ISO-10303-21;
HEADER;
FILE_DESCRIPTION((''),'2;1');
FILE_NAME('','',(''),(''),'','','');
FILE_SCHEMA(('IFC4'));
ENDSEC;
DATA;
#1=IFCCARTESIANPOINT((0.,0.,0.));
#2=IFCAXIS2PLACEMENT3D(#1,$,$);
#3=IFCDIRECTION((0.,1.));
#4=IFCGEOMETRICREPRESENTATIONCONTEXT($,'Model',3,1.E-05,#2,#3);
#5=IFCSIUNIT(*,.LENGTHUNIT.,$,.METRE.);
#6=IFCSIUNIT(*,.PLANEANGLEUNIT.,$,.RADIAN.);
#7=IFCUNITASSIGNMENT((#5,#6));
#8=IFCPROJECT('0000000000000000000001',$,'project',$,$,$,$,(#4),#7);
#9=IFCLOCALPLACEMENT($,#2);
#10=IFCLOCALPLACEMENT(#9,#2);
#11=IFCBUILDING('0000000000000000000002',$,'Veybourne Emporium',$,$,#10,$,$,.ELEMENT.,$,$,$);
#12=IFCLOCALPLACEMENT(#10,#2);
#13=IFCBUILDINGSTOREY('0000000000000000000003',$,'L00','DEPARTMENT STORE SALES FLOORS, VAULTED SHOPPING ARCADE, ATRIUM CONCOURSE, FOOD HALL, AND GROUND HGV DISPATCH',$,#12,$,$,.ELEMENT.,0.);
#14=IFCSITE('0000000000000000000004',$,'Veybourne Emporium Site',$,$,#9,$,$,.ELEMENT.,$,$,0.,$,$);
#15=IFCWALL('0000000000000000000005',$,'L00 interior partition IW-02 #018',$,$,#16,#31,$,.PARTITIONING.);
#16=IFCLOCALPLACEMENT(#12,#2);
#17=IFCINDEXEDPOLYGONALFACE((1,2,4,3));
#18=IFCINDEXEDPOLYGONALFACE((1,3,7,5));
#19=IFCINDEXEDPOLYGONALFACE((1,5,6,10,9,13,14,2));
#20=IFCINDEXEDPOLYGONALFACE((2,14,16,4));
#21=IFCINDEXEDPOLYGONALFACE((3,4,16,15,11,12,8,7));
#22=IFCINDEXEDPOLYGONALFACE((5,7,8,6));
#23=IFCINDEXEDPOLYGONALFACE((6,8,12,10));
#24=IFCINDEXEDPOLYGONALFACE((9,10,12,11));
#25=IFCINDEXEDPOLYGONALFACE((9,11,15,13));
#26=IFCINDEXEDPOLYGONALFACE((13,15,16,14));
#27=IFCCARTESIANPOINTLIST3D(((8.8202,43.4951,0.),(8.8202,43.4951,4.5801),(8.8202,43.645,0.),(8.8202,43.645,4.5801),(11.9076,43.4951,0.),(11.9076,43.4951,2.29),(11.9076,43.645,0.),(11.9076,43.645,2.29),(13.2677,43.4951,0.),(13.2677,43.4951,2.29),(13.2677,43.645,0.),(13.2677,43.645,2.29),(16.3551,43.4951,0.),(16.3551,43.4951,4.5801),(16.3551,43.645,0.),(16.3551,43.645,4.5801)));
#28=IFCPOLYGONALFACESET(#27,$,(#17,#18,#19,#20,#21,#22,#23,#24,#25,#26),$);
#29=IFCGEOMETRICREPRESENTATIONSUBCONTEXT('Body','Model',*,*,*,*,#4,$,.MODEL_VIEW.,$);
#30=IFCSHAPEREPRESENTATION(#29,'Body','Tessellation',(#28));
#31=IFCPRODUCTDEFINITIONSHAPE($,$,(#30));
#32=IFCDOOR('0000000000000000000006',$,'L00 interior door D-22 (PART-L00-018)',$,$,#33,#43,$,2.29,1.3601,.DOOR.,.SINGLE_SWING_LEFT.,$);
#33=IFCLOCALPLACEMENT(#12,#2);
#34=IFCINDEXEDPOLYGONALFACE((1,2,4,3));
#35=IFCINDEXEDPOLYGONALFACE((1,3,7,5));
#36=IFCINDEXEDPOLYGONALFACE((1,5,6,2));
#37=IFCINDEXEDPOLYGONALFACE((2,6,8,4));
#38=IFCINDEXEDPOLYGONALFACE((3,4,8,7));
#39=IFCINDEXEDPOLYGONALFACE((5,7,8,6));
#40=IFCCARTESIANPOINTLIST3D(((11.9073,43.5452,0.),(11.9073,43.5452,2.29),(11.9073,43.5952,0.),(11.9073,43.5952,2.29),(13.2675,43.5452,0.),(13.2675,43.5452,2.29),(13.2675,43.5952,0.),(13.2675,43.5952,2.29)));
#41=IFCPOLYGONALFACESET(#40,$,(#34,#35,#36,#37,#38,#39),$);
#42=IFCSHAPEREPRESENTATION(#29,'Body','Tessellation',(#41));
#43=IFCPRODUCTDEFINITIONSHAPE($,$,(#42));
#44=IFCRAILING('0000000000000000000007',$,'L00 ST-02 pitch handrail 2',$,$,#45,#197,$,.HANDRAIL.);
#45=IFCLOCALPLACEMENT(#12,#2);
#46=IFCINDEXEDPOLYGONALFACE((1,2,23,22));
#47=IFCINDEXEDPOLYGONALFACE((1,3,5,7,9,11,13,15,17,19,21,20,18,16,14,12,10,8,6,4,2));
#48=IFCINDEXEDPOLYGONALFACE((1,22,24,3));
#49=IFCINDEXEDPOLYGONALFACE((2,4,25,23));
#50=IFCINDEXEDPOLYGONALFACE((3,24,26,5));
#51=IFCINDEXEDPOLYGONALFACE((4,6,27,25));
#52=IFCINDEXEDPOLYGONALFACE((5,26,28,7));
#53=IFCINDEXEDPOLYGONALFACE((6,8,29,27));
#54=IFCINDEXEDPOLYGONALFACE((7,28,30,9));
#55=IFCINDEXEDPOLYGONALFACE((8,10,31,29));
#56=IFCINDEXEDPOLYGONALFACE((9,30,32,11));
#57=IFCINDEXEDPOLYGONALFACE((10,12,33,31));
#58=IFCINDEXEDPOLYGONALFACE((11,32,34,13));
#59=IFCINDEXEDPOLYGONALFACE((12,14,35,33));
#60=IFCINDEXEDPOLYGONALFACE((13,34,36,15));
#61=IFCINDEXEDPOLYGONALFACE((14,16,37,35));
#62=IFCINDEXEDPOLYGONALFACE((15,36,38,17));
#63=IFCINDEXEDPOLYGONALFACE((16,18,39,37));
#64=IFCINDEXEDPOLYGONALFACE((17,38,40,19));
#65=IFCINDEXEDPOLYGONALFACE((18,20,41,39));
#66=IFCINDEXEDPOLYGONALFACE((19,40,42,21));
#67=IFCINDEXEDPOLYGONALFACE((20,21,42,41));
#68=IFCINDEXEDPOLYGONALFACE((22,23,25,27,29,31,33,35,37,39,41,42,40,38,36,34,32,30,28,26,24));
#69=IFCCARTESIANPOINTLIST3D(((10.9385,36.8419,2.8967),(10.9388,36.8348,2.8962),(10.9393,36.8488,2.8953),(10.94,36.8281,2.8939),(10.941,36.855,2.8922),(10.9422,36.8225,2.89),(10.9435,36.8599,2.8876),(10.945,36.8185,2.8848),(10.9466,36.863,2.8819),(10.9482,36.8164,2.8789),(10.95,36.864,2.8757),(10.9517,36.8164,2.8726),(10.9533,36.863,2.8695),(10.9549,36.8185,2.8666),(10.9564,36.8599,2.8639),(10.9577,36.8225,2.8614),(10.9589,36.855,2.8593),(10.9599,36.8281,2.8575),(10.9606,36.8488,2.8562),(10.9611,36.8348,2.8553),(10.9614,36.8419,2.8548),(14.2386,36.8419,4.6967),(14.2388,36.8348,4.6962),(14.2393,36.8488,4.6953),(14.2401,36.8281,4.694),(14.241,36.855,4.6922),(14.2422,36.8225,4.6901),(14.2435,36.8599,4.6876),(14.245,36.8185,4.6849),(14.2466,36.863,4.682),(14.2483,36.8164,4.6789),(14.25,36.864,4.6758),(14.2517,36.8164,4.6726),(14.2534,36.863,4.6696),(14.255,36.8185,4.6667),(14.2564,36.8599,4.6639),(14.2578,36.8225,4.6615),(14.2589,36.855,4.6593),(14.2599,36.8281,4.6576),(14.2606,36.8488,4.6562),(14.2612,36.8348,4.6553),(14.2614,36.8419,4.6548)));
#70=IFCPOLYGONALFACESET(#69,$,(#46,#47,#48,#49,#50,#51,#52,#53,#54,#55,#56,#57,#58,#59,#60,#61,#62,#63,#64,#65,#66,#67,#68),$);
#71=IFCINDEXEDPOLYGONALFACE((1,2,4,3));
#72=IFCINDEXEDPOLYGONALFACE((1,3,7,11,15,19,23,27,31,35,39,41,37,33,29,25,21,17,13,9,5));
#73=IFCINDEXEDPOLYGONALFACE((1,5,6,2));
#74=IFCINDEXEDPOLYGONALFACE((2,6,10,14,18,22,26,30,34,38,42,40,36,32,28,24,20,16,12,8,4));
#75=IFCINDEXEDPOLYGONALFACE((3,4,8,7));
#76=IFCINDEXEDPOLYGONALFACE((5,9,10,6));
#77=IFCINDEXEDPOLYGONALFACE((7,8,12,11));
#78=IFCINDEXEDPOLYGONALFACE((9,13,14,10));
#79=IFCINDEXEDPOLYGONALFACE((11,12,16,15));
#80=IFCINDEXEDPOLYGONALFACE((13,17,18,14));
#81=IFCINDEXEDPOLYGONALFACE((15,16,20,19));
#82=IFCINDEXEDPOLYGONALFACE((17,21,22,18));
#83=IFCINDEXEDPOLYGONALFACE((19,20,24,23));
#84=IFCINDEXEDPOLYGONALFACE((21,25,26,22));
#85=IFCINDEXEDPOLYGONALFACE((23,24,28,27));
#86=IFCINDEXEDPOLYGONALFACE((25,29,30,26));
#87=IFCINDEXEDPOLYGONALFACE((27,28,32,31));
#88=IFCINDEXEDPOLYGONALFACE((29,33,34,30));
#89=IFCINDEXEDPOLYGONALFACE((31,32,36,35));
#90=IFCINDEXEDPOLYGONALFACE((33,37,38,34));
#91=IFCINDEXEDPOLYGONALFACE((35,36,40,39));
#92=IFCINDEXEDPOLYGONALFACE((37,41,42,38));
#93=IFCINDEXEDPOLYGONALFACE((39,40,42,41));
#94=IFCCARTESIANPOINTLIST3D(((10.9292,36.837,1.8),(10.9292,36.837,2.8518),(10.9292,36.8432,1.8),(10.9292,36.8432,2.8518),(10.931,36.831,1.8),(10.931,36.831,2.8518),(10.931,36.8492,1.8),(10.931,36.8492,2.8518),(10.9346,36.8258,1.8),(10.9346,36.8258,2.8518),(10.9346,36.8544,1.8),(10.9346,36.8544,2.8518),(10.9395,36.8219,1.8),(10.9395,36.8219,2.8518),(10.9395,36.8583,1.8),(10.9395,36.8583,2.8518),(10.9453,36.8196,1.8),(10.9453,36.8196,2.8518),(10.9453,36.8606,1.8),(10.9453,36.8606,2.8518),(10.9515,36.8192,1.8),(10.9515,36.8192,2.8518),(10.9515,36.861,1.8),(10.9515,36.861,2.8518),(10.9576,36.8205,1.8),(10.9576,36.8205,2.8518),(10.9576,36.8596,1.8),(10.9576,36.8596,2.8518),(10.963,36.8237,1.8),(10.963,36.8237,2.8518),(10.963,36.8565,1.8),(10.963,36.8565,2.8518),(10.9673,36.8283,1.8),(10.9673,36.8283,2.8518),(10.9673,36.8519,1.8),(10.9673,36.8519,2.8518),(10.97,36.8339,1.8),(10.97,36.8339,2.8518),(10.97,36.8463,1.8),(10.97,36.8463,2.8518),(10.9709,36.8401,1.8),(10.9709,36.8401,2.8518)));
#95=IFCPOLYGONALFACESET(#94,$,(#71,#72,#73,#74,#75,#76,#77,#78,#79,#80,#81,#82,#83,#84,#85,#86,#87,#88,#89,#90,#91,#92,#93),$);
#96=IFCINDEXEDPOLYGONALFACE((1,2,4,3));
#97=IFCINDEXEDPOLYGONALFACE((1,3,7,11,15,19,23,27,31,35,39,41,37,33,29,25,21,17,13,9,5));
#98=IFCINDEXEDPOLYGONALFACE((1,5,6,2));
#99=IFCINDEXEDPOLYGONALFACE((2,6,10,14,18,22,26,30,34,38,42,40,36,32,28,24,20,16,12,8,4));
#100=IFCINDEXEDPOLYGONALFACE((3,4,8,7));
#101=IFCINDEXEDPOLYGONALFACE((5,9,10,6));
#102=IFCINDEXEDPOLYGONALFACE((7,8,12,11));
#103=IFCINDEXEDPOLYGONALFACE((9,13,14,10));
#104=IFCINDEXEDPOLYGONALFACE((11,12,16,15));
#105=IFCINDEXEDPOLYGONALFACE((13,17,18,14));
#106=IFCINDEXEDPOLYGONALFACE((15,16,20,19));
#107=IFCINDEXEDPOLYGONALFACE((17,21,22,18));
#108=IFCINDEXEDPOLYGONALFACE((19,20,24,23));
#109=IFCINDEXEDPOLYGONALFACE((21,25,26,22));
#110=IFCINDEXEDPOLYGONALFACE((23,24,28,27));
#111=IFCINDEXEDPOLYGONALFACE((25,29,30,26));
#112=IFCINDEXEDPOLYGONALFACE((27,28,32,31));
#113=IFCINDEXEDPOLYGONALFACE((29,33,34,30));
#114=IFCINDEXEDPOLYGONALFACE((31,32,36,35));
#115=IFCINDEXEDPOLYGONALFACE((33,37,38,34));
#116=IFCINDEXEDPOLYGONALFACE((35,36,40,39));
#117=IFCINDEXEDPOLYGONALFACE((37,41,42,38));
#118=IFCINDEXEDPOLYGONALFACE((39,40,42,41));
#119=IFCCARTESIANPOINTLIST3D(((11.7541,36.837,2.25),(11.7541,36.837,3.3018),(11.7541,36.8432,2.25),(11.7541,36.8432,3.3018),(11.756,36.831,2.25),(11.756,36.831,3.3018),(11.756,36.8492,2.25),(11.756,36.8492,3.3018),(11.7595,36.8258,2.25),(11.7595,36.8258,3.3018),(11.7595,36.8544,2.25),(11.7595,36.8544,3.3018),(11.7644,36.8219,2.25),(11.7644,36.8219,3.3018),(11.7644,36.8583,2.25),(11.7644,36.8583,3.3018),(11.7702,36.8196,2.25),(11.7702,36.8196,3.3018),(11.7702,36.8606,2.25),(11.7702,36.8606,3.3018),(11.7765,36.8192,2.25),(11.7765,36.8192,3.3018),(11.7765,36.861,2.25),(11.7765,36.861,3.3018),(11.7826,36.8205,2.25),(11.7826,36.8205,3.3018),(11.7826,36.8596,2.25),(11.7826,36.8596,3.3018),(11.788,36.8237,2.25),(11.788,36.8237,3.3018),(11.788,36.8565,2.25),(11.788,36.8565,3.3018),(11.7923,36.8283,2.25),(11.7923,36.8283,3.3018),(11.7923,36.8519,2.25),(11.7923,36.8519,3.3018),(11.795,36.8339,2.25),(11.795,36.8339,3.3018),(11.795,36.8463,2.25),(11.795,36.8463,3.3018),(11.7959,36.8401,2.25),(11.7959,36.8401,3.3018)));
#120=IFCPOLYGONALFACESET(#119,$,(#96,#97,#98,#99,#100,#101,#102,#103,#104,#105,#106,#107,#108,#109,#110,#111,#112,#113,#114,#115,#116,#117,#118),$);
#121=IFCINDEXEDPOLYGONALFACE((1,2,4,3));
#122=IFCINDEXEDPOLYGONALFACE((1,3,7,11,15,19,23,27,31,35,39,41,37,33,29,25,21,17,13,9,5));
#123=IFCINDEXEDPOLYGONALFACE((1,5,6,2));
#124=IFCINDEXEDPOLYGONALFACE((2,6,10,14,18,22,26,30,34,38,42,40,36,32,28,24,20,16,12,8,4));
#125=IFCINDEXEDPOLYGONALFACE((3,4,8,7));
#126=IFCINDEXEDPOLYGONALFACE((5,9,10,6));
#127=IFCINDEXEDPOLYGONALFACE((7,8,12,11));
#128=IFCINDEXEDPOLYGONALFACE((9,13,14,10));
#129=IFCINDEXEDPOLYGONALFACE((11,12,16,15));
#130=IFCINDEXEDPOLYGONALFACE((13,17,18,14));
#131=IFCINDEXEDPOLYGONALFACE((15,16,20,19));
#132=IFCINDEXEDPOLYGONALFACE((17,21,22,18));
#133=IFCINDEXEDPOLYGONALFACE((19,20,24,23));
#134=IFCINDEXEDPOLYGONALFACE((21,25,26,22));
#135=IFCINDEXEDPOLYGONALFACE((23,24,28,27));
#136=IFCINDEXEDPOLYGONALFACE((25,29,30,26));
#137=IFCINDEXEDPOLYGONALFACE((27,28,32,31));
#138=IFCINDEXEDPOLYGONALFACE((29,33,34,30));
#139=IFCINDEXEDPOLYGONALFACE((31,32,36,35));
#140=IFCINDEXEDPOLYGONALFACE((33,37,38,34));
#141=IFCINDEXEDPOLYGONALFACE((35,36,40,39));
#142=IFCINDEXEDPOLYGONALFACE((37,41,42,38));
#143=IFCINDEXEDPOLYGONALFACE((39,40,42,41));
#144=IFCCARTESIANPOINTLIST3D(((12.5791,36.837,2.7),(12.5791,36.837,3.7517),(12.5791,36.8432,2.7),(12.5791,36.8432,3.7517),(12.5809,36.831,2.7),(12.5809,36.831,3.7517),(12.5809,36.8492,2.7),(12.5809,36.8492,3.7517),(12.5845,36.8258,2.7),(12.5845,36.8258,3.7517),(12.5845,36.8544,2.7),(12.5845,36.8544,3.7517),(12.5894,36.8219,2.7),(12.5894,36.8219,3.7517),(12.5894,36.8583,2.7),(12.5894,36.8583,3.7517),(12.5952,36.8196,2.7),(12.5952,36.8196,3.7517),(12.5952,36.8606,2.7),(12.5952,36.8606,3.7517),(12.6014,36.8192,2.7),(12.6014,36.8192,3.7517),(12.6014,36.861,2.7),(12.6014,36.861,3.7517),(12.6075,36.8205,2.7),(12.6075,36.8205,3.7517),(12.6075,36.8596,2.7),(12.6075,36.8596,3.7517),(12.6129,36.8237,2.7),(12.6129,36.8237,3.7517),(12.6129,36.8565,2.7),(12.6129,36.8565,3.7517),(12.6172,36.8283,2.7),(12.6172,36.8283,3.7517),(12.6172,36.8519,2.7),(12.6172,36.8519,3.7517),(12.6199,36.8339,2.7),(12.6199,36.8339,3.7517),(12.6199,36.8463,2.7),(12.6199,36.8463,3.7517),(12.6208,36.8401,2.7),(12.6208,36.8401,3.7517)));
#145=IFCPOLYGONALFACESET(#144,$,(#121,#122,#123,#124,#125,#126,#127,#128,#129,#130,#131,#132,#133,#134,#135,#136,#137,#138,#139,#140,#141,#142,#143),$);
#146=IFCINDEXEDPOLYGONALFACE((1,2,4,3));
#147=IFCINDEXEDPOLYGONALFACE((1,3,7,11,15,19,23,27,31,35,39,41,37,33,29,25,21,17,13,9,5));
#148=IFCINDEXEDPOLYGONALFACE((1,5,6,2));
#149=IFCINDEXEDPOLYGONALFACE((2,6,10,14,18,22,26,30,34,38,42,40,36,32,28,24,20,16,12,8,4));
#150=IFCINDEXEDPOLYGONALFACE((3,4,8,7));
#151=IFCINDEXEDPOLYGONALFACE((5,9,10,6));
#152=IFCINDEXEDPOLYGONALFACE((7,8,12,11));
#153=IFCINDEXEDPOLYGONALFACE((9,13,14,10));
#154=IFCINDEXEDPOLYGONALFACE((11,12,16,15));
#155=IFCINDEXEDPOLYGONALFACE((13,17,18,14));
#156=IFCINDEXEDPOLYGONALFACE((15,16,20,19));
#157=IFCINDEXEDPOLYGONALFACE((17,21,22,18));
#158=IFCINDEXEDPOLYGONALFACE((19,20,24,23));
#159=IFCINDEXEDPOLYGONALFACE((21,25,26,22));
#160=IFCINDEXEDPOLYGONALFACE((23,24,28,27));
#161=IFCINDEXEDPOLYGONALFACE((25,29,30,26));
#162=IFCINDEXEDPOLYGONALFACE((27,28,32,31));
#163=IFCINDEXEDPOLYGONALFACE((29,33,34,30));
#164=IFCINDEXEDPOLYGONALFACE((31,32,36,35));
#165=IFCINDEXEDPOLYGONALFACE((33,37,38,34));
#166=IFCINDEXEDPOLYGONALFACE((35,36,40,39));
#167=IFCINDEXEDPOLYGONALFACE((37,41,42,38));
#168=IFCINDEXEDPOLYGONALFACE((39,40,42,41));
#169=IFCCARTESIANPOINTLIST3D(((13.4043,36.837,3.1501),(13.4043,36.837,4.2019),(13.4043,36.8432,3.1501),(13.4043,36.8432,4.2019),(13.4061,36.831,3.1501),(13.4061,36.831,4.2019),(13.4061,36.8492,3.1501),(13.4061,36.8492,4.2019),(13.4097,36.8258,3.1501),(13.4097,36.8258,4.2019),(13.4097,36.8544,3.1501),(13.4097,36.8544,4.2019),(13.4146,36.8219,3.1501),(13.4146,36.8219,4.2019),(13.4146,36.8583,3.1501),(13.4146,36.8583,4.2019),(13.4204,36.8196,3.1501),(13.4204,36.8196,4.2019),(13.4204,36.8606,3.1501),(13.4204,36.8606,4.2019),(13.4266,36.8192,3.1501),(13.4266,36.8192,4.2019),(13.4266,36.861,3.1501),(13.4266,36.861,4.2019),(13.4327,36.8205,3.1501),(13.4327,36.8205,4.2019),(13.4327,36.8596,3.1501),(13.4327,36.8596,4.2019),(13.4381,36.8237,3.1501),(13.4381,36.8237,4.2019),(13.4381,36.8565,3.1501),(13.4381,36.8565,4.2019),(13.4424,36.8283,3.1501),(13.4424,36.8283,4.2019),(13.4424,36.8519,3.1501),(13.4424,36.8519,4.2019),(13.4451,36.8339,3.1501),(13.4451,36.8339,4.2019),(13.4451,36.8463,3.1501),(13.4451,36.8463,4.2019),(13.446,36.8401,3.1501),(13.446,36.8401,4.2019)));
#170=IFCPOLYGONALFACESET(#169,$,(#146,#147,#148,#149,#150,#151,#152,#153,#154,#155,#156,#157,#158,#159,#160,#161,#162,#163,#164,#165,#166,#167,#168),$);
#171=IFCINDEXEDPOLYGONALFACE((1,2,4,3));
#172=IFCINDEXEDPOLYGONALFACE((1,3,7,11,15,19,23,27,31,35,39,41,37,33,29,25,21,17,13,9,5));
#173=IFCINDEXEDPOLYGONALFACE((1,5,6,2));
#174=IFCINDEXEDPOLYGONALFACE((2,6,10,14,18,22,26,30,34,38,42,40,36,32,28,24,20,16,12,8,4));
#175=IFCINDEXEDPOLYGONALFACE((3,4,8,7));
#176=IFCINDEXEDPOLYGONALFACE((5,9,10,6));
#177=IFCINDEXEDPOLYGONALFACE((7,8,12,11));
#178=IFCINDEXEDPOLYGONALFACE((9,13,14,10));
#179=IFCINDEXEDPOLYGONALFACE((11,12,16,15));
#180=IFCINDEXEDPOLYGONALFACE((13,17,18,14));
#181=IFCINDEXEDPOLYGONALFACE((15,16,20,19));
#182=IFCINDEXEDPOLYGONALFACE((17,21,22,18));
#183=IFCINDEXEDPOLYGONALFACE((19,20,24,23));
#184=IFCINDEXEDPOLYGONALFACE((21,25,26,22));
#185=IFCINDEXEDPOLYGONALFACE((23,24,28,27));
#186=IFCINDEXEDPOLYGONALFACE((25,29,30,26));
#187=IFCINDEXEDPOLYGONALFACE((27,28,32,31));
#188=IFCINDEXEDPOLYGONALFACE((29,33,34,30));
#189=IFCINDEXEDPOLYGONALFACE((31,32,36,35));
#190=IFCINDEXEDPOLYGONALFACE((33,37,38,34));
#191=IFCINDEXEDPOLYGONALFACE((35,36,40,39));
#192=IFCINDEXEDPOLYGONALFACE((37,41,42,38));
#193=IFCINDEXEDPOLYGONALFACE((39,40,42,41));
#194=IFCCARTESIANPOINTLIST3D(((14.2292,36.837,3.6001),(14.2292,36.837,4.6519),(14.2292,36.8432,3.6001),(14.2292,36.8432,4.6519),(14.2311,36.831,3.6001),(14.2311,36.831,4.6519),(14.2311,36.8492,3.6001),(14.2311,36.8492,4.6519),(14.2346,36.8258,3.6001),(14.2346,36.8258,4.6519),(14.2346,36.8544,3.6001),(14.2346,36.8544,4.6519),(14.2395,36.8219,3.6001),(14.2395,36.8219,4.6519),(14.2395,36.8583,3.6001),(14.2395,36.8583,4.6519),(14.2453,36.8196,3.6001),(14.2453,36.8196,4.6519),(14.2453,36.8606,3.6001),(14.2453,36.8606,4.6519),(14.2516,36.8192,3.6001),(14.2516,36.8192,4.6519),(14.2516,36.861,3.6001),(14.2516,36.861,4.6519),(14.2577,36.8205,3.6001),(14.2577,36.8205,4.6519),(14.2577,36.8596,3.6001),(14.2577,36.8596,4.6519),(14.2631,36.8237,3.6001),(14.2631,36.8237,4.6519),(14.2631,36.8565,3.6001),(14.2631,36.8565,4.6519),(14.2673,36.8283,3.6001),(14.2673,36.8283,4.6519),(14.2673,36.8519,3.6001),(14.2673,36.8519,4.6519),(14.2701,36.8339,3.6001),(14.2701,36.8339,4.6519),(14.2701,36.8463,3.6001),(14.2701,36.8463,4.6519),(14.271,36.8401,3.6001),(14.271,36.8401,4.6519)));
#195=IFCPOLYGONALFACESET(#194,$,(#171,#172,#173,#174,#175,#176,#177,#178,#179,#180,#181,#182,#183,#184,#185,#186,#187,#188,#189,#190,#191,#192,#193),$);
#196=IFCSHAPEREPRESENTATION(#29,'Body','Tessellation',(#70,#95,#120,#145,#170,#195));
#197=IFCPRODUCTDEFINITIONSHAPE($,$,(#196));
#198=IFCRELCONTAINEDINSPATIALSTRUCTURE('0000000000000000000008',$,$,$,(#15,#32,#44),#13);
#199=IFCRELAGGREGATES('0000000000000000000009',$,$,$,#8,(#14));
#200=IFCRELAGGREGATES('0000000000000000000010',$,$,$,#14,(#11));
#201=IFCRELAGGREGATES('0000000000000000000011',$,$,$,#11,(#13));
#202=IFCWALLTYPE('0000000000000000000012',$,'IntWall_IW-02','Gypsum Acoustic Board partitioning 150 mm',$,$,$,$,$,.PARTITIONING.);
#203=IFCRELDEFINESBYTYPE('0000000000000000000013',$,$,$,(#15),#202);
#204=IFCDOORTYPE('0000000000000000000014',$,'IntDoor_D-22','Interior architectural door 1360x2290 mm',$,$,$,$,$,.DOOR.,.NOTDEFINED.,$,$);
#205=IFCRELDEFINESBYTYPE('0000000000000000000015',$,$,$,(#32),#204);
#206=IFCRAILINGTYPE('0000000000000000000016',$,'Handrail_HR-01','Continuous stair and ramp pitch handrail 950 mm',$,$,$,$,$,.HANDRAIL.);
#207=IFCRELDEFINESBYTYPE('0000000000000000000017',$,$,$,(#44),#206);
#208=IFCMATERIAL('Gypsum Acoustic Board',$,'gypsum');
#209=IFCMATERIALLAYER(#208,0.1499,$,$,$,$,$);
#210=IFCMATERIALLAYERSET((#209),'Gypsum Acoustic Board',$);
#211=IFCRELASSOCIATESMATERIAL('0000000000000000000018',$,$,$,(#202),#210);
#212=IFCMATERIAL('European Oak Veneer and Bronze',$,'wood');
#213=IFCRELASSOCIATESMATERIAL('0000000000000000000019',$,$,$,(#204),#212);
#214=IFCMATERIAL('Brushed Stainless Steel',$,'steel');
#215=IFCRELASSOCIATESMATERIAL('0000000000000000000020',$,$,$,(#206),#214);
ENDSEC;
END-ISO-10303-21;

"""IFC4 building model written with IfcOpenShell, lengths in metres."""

from ifc_helpers import new_model, si_unit, direction, frame, frame_2d, origin, origin_2d, place, context, subcontext, project, spatial, rectangle, circle, extrude, material, layer, layer_set, type_object, element, fill, save


model = new_model("IFC4")

# Units and contexts
model_context = context("Model", 3, precision=1e-05, world=origin(), true_north=direction((0.0, 1.0)))
body_context = subcontext(model_context, "Body", "Model", "MODEL_VIEW")
ifc_project = project(units=[si_unit("LENGTHUNIT", "METRE"), si_unit("PLANEANGLEUNIT", "RADIAN")], contexts=[model_context])

# Site, building, storey
site_placement = place(None, origin())
site = spatial("IfcSite", under=ifc_project, at=site_placement, Name="Veybourne Emporium Site", CompositionType="ELEMENT", RefElevation=0.0)
building_placement = place(site_placement, origin())
building = spatial("IfcBuilding", under=site, at=building_placement, Name="Veybourne Emporium", CompositionType="ELEMENT")
storey_placement = place(building_placement, origin())
storey = spatial("IfcBuildingStorey", under=building, at=storey_placement, Name="L00", Description="DEPARTMENT STORE SALES FLOORS, VAULTED SHOPPING ARCADE, ATRIUM CONCOURSE, FOOD HALL, AND GROUND HGV DISPATCH", CompositionType="ELEMENT", Elevation=0.0)

# Wall, opening, door
ifc_material_1 = material(Name="Gypsum Acoustic Board", Category="gypsum")
ifc_layer_1 = layer(ifc_material_1, 0.1499)
ifc_layer_set_1 = layer_set([ifc_layer_1], Name="Gypsum Acoustic Board")
wall_type_1 = type_object("IfcWallType", Name="IntWall_IW-02", Description="Gypsum Acoustic Board partitioning 150 mm", PredefinedType="PARTITIONING", material=ifc_layer_set_1)
wall_1_placement = place(storey_placement, frame((8.8201, 43.5701, 0.0), z_axis=(0.0, 0.0, 1.0), x_axis=(1.0, 0.0, 0.0)))
wall_1 = element("IfcWall", 1, at=wall_1_placement, inside=storey, type_object=wall_type_1, Name="L00 interior partition IW-02 #018", PredefinedType="PARTITIONING", context=body_context, shape_type="SweptSolid", body=[
    extrude(rectangle(XDim=7.5349, YDim=0.1499, at=frame_2d((3.7676, 0.0))), origin(), (0.0, 0.0, 1.0), 4.5801),
])
opening_placement = place(wall_1_placement, frame((3.0874, 0.0, 0.0)))
opening = element("IfcOpeningElement", 2, at=opening_placement, cuts=wall_1, PredefinedType="OPENING", context=body_context, shape_type="SweptSolid", body=[
    extrude(rectangle(XDim=1.3601, YDim=2.29, at=frame_2d((0.6802, 1.145))), frame((0.0, 0.095, 0.0), z_axis=(0.0, -1.0, 0.0), x_axis=(1.0, 0.0, 0.0)), (0.0, 0.0, 1.0), 0.1899),
])
ifc_material_2 = material(Name="European Oak Veneer and Bronze", Category="wood")
door_type = type_object("IfcDoorType", Name="IntDoor_D-22", Description="Interior architectural door 1360x2290 mm", OperationType="NOTDEFINED", PredefinedType="DOOR", material=ifc_material_2)
door_placement = place(opening_placement, frame((1.3601, 0.0, 0.0), z_axis=(0.0, 0.0, 1.0), x_axis=(-1.0, 0.0, 0.0)))
door = element("IfcDoor", 3, at=door_placement, inside=storey, type_object=door_type, Name="L00 interior door D-22 (PART-L00-018)", OperationType="SINGLE_SWING_LEFT", OverallHeight=2.29, OverallWidth=1.3601, PredefinedType="DOOR", context=body_context, shape_type="SweptSolid", body=[
    extrude(rectangle(XDim=1.3601, YDim=2.29, at=frame_2d((0.6802, 1.145))), frame((0.0, 0.0249, 0.0), z_axis=(0.0, -1.0, 0.0), x_axis=(1.0, 0.0, 0.0)), (0.0, 0.0, 1.0), 0.05),
])
fill(opening, door)

# Railing
ifc_material_3 = material(Name="Brushed Stainless Steel", Category="steel")
railing_type = type_object("IfcRailingType", Name="Handrail_HR-01", Description="Continuous stair and ramp pitch handrail 950 mm", PredefinedType="HANDRAIL", material=ifc_material_3)
railing_placement = place(storey_placement, frame((10.95, 36.8401, 1.95)))
element("IfcRailing", 4, at=railing_placement, inside=storey, type_object=railing_type, Name="L00 ST-02 pitch handrail 2", PredefinedType="HANDRAIL", context=body_context, shape_type="SweptSolid", body=[
    extrude(circle(Radius=0.0239, at=origin_2d()), frame((0.0, 0.0, 0.9258), z_axis=(0.877893, 0.0, 0.478857), x_axis=(0.0, 1.0, 0.0)), (0.0, 0.0, 1.0), 3.759),
    extrude(circle(Radius=0.021, at=origin_2d()), frame((0.0, 0.0, -0.1499)), (0.0, 0.0, 1.0), 1.0518),
    extrude(circle(Radius=0.021, at=origin_2d()), frame((0.825, 0.0, 0.3)), (0.0, 0.0, 1.0), 1.0518),
    extrude(circle(Radius=0.021, at=origin_2d()), frame((1.6499, 0.0, 0.75)), (0.0, 0.0, 1.0), 1.0518),
    extrude(circle(Radius=0.021, at=origin_2d()), frame((2.4751, 0.0, 1.2002)), (0.0, 0.0, 1.0), 1.0518),
    extrude(circle(Radius=0.021, at=origin_2d()), frame((3.3, 0.0, 1.6501)), (0.0, 0.0, 1.0), 1.0518),
])

save(model, "model.ifc")
